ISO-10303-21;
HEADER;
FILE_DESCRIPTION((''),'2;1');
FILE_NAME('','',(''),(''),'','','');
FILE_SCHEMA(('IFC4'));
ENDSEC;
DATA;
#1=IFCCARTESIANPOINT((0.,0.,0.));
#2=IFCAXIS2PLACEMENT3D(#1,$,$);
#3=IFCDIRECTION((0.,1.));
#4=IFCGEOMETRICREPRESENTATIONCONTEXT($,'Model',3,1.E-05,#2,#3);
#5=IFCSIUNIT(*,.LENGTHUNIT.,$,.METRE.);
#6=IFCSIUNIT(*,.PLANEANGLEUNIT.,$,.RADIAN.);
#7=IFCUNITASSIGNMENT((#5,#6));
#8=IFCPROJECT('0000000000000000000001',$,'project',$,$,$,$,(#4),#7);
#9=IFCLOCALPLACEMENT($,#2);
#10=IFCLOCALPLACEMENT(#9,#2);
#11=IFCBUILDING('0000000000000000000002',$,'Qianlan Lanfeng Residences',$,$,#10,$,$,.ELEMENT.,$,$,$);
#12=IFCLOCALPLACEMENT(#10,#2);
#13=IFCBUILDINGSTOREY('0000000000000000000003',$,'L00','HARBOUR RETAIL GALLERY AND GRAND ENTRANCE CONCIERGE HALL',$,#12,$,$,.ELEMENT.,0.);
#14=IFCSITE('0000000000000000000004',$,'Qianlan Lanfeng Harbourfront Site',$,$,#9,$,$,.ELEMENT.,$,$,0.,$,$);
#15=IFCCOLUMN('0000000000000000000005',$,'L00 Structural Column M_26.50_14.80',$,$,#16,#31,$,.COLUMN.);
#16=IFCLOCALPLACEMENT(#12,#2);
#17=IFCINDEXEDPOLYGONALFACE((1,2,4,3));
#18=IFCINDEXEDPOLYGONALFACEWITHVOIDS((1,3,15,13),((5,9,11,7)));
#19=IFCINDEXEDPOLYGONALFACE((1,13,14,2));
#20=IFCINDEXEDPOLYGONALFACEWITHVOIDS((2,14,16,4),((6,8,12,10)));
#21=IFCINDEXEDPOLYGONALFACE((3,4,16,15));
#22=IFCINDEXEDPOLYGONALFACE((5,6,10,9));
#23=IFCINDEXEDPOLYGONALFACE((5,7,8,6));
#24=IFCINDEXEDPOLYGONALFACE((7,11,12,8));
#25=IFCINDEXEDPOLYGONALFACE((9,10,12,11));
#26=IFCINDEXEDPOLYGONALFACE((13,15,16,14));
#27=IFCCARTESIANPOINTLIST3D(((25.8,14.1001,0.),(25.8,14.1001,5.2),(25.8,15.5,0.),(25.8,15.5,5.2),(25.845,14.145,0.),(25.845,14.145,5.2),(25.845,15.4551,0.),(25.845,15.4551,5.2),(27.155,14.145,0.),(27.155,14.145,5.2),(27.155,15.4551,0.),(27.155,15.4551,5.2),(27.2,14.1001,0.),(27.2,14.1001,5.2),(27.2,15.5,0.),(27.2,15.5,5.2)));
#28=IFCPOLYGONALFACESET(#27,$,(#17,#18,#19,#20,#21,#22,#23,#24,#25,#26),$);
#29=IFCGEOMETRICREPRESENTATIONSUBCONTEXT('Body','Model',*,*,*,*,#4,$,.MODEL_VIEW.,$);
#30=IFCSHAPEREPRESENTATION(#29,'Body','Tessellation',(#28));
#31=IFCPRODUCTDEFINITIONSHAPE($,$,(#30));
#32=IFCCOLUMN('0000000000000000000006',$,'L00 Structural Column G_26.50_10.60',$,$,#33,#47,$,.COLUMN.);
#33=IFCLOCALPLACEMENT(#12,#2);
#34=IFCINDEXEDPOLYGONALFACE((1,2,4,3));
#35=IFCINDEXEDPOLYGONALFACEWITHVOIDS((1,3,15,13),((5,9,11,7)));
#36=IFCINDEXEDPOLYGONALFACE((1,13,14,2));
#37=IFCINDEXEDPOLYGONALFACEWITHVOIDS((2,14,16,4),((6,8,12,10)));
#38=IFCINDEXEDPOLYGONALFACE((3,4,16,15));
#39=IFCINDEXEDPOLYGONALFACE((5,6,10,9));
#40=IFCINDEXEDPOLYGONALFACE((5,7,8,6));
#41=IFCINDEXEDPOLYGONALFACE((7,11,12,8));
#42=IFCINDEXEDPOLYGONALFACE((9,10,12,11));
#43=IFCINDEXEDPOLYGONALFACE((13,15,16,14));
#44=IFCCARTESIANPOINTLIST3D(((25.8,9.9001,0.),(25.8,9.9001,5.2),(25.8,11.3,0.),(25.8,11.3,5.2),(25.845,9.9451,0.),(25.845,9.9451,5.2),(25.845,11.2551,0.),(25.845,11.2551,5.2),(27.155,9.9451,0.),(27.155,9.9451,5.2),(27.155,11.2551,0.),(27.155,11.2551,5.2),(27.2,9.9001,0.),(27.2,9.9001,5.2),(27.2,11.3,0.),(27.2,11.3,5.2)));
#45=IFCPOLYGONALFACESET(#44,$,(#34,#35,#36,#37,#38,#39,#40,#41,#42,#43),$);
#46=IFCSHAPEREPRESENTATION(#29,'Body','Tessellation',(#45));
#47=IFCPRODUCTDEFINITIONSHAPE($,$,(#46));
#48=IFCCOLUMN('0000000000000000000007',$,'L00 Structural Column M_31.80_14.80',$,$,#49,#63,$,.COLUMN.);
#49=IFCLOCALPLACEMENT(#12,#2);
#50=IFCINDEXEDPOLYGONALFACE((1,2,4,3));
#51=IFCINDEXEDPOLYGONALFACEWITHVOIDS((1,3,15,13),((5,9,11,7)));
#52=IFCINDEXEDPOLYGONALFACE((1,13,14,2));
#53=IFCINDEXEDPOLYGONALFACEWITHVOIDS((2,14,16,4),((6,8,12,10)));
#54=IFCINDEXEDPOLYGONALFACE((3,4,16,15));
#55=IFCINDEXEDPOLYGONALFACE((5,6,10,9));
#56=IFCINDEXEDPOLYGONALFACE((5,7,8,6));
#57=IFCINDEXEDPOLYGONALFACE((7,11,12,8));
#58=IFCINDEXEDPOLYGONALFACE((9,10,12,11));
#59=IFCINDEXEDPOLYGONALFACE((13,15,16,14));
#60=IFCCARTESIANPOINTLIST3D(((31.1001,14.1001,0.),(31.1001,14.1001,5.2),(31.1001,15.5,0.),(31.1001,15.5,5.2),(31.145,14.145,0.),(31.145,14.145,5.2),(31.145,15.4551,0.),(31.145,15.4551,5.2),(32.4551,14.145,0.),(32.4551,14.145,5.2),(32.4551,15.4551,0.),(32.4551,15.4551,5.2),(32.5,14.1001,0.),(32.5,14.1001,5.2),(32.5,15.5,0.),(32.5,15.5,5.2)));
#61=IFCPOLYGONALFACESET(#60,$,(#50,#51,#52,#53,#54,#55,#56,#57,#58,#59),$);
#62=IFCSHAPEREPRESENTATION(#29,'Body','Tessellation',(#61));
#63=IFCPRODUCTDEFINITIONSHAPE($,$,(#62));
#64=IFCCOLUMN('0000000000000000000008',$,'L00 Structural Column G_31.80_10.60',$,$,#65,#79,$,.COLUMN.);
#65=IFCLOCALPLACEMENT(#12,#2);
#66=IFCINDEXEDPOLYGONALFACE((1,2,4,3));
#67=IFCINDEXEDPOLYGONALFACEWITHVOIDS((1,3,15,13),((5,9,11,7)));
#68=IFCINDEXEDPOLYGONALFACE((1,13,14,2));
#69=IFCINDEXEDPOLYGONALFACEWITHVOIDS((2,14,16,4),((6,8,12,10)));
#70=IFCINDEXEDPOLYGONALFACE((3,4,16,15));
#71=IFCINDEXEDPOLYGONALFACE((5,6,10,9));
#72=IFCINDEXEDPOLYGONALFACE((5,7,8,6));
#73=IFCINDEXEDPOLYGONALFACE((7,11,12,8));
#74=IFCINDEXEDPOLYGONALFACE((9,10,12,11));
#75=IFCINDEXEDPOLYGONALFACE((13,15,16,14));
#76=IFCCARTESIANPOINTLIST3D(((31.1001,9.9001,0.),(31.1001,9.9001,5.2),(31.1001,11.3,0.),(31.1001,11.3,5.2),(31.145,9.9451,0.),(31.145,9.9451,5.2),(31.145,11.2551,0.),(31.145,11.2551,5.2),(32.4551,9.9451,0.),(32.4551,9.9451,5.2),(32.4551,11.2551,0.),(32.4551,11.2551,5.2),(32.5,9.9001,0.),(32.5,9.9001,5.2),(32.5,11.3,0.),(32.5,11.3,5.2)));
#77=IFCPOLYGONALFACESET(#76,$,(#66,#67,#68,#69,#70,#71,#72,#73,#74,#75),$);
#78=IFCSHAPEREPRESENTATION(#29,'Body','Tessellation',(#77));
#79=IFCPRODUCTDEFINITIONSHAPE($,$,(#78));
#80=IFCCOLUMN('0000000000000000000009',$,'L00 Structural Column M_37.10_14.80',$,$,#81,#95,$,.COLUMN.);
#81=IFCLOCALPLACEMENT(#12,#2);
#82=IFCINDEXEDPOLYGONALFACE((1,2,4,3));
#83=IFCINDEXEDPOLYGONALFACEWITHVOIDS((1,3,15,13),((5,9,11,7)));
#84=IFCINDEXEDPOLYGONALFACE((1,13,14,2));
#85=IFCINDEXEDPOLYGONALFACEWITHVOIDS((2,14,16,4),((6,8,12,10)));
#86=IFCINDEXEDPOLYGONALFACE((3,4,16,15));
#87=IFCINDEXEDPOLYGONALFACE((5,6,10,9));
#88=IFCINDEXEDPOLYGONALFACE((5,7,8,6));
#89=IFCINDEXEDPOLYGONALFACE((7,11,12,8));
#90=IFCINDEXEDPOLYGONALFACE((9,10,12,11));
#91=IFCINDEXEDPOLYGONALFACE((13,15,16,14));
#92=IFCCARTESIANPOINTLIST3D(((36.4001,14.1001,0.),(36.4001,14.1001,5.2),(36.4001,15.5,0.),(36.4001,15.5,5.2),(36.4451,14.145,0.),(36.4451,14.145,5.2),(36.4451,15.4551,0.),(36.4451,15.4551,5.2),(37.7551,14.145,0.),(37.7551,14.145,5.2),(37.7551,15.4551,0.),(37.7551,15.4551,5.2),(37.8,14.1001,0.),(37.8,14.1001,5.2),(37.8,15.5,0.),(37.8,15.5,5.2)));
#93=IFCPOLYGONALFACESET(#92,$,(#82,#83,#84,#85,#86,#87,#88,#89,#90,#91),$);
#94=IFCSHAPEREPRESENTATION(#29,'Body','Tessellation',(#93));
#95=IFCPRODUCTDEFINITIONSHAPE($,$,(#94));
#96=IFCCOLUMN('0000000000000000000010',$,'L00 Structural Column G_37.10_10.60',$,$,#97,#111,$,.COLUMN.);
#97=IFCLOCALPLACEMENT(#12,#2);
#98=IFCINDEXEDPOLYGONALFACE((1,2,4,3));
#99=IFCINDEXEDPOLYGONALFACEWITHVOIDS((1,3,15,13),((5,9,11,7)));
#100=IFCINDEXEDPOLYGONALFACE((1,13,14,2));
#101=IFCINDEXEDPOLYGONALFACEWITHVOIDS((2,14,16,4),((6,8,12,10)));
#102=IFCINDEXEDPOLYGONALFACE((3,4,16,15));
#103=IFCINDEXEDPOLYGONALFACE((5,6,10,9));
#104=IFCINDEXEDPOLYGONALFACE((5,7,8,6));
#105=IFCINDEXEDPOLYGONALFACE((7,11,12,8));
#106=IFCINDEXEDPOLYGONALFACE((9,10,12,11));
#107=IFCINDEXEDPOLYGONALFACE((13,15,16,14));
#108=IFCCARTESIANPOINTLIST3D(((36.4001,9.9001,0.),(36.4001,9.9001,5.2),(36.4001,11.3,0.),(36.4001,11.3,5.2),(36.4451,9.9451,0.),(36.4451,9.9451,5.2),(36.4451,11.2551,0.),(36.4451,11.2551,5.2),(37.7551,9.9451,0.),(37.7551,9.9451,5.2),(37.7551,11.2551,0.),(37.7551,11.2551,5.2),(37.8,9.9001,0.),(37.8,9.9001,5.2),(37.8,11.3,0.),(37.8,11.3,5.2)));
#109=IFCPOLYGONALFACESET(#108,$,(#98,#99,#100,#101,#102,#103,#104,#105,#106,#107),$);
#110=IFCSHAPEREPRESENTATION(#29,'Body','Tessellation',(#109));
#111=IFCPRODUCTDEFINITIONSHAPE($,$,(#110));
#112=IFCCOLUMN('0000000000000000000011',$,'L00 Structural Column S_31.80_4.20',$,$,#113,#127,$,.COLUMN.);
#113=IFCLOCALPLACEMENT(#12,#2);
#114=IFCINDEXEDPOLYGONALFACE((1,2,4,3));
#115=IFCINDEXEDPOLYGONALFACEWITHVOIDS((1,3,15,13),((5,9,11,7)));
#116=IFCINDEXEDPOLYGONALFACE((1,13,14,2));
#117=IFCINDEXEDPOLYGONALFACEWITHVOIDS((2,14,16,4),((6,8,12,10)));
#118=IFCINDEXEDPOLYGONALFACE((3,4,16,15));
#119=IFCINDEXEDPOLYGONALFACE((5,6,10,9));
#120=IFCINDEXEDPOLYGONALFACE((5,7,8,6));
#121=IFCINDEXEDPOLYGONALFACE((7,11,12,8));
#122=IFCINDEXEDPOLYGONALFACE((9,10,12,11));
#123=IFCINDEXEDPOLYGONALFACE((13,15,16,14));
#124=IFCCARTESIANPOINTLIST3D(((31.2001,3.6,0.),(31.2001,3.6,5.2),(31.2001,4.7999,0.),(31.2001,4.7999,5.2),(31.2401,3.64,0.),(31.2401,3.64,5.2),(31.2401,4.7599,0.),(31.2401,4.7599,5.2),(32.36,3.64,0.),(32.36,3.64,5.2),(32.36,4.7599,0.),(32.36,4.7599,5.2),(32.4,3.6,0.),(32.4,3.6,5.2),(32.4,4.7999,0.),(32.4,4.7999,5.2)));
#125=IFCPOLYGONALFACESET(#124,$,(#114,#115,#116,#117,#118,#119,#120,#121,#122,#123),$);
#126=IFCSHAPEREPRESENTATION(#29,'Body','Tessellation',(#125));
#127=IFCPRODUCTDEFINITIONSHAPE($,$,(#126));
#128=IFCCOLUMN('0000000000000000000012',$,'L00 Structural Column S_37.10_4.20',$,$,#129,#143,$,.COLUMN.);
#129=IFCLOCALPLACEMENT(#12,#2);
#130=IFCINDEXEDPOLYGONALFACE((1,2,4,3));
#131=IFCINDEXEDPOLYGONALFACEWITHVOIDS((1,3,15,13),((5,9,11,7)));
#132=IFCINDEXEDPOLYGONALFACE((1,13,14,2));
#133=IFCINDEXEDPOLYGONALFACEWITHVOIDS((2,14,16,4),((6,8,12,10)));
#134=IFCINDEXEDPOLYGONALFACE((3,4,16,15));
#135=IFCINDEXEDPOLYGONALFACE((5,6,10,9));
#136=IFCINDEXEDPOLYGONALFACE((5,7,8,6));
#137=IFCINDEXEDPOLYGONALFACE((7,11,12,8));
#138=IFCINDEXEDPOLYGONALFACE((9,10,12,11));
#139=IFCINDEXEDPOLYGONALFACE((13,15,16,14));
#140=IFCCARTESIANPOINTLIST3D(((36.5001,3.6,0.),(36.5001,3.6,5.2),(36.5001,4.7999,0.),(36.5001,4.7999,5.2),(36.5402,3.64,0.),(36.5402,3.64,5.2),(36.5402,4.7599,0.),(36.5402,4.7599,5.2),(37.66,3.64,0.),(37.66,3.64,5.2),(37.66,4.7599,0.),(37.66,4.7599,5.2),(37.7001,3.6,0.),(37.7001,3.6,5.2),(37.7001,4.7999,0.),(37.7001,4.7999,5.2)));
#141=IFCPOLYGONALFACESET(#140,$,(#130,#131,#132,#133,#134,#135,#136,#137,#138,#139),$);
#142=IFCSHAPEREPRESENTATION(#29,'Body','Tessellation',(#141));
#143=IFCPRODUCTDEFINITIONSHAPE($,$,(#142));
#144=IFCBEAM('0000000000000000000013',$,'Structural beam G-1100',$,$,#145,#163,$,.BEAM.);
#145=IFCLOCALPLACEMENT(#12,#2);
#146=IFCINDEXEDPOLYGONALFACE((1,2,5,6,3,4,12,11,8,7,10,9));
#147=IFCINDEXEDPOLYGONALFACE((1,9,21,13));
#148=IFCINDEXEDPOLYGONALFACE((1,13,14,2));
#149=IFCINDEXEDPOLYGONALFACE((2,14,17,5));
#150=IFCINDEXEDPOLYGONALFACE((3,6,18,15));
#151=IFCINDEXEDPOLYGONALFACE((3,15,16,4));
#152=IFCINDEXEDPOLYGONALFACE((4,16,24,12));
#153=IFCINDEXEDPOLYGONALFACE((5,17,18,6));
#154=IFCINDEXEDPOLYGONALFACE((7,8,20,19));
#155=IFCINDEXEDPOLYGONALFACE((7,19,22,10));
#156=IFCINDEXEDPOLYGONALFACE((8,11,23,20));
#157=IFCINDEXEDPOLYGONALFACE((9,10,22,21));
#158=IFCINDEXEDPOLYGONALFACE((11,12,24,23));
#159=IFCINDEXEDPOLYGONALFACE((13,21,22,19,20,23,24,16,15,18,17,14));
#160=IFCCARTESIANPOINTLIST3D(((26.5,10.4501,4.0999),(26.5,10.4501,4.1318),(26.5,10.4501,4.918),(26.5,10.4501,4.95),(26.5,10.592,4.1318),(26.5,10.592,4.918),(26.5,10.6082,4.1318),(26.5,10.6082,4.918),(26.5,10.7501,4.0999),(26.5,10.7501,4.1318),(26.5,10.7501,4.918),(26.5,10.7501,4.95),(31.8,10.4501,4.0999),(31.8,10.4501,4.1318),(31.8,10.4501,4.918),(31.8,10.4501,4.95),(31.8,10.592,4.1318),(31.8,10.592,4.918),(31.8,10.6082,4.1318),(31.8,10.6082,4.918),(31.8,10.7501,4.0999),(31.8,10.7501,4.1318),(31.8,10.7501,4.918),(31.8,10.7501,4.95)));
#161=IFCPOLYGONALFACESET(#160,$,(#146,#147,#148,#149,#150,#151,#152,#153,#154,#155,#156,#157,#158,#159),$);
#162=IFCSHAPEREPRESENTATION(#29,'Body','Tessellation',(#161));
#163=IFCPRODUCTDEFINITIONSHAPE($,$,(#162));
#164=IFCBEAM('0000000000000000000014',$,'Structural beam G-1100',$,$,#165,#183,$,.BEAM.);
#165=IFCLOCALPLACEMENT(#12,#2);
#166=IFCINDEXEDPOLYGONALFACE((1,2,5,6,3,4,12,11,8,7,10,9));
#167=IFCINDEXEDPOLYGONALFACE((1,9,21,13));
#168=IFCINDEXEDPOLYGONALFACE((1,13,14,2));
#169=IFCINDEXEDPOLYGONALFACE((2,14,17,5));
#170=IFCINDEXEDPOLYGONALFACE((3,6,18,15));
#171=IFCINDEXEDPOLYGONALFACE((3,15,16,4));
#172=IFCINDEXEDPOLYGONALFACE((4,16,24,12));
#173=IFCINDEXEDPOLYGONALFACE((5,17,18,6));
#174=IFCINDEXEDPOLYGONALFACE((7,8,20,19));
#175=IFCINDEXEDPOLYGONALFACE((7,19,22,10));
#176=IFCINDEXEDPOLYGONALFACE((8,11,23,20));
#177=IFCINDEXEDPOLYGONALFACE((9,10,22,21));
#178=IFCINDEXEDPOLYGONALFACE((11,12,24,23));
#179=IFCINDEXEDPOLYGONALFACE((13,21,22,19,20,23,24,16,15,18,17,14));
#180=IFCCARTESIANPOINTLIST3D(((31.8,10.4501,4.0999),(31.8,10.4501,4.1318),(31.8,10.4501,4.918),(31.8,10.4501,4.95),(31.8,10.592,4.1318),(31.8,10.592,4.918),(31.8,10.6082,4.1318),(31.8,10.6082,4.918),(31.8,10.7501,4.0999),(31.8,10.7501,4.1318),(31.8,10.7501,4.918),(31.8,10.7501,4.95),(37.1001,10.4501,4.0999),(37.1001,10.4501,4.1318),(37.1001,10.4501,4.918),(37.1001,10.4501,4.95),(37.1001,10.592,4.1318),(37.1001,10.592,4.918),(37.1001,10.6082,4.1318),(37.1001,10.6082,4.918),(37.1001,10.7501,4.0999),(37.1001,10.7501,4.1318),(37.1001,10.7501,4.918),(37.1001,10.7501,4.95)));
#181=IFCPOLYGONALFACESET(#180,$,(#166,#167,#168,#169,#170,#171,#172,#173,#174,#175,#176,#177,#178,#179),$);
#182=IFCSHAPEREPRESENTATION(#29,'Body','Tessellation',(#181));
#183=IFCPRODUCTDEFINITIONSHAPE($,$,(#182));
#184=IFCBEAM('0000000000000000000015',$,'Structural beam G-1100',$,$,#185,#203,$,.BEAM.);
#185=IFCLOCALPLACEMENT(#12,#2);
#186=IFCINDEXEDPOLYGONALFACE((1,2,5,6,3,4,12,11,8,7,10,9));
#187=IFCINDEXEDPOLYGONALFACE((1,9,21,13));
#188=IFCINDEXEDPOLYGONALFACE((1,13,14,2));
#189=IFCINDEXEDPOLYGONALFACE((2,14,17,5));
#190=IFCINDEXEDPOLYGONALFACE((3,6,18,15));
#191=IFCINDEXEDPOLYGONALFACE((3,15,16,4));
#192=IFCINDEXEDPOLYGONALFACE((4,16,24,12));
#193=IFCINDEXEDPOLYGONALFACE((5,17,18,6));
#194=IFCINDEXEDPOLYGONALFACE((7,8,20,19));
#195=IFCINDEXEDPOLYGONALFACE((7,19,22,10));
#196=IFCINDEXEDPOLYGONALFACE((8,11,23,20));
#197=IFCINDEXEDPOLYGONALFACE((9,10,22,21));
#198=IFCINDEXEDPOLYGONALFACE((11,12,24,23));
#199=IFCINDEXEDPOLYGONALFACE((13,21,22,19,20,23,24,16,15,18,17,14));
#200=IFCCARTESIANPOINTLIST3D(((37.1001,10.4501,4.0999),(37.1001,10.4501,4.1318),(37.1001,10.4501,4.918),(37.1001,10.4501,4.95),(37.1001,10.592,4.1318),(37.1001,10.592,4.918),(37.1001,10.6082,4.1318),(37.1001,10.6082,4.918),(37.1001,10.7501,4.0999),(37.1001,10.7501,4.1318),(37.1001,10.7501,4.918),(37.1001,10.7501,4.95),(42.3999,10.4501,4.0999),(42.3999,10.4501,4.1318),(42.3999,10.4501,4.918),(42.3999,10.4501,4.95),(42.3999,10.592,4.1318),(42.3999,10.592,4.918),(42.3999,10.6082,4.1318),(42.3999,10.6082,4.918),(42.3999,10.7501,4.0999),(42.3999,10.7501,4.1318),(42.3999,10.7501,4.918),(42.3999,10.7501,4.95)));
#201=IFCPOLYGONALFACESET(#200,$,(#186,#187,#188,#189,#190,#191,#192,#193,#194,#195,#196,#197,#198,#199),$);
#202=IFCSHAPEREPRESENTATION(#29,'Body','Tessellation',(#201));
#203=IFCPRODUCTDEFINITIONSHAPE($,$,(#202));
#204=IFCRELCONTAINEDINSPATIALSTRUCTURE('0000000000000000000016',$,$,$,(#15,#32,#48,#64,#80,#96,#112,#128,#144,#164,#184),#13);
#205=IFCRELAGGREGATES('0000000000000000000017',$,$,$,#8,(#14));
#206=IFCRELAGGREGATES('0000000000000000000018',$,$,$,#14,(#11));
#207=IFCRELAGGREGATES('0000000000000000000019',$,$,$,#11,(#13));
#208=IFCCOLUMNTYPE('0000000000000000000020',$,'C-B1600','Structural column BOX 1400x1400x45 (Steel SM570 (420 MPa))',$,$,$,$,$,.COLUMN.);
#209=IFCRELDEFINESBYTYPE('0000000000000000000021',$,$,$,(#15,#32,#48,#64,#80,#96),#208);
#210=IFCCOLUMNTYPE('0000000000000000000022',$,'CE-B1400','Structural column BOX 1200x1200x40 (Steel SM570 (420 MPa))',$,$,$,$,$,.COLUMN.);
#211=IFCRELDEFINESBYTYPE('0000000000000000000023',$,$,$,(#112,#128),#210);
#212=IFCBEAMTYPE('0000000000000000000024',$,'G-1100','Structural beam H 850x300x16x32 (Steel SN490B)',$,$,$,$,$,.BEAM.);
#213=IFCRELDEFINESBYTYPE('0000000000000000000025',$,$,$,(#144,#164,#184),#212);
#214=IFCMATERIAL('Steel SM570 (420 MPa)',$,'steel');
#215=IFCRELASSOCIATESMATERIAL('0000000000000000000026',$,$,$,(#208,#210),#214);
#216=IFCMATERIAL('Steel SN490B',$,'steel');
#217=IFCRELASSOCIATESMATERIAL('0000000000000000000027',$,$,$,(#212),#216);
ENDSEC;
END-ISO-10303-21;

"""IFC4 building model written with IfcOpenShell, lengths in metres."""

from ifc_helpers import new_model, si_unit, direction, frame, origin, origin_2d, place, context, subcontext, project, spatial, hollow_rectangle, i_section, extrude, material, material_profile, profile_set, type_object, element, save


model = new_model("IFC4")

# Units and contexts
model_context = context("Model", 3, precision=1e-05, world=origin(), true_north=direction((0.0, 1.0)))
body_context = subcontext(model_context, "Body", "Model", "MODEL_VIEW")
ifc_project = project(units=[si_unit("LENGTHUNIT", "METRE"), si_unit("PLANEANGLEUNIT", "RADIAN")], contexts=[model_context])

# Site, building, storey
site_placement = place(None, origin())
site = spatial("IfcSite", under=ifc_project, at=site_placement, Name="Qianlan Lanfeng Harbourfront Site", CompositionType="ELEMENT", RefElevation=0.0)
building_placement = place(site_placement, origin())
building = spatial("IfcBuilding", under=site, at=building_placement, Name="Qianlan Lanfeng Residences", CompositionType="ELEMENT")
storey_placement = place(building_placement, origin())
storey = spatial("IfcBuildingStorey", under=building, at=storey_placement, Name="L00", Description="HARBOUR RETAIL GALLERY AND GRAND ENTRANCE CONCIERGE HALL", CompositionType="ELEMENT", Elevation=0.0)

# Columns
ifc_material_1 = material(Name="Steel SM570 (420 MPa)", Category="steel")
ifc_material_profile_1 = material_profile(ifc_material_1, hollow_rectangle(XDim=1.3999, YDim=1.3999, WallThickness=0.0449, at=origin_2d()), Name="BOX 1400x1400x45")
ifc_profile_set_1 = profile_set([ifc_material_profile_1], Name="Steel SM570 (420 MPa)")
column_type_1 = type_object("IfcColumnType", Name="C-B1600", Description="Structural column BOX 1400x1400x45 (Steel SM570 (420 MPa))", PredefinedType="COLUMN", material=ifc_profile_set_1)
for number, where, z_axis, x_axis, name in (
    (1, (26.5, 14.8, 0.0), (0.0, 0.0, 1.0), (1.0, 0.0, 0.0), "L00 Structural Column M_26.50_14.80"),
    (2, (26.5, 10.6001, 0.0), (0.0, 0.0, 1.0), (1.0, 0.0, 0.0), "L00 Structural Column G_26.50_10.60"),
    (3, (31.8, 14.8, 0.0), (0.0, 0.0, 1.0), (1.0, 0.0, 0.0), "L00 Structural Column M_31.80_14.80"),
    (4, (31.8, 10.6001, 0.0), (0.0, 0.0, 1.0), (1.0, 0.0, 0.0), "L00 Structural Column G_31.80_10.60"),
    (5, (37.1001, 14.8, 0.0), (0.0, 0.0, 1.0), (1.0, 0.0, 0.0), "L00 Structural Column M_37.10_14.80"),
    (6, (37.1001, 10.6001, 0.0), (0.0, 0.0, 1.0), (1.0, 0.0, 0.0), "L00 Structural Column G_37.10_10.60"),
):
    element("IfcColumn", number, at=place(storey_placement, frame(where, z_axis=z_axis, x_axis=x_axis)), inside=storey, type_object=column_type_1, Name=name, PredefinedType="COLUMN", context=body_context, shape_type="SweptSolid", body=[
        extrude(hollow_rectangle(XDim=1.3999, YDim=1.3999, WallThickness=0.0449, at=origin_2d()), origin(), (0.0, 0.0, 1.0), 5.2),
    ])
ifc_material_profile_2 = material_profile(ifc_material_1, hollow_rectangle(XDim=1.2, YDim=1.2, WallThickness=0.04, at=origin_2d()), Name="BOX 1200x1200x40")
ifc_profile_set_2 = profile_set([ifc_material_profile_2], Name="Steel SM570 (420 MPa)")
column_type_2 = type_object("IfcColumnType", Name="CE-B1400", Description="Structural column BOX 1200x1200x40 (Steel SM570 (420 MPa))", PredefinedType="COLUMN", material=ifc_profile_set_2)
for number, where, z_axis, x_axis, name in (
    (7, (31.8, 4.2, 0.0), (0.0, 0.0, 1.0), (1.0, 0.0, 0.0), "L00 Structural Column S_31.80_4.20"),
    (8, (37.1001, 4.2, 0.0), (0.0, 0.0, 1.0), (1.0, 0.0, 0.0), "L00 Structural Column S_37.10_4.20"),
):
    element("IfcColumn", number, at=place(storey_placement, frame(where, z_axis=z_axis, x_axis=x_axis)), inside=storey, type_object=column_type_2, Name=name, PredefinedType="COLUMN", context=body_context, shape_type="SweptSolid", body=[
        extrude(hollow_rectangle(XDim=1.2, YDim=1.2, WallThickness=0.04, at=origin_2d()), origin(), (0.0, 0.0, 1.0), 5.2),
    ])

# Beams
ifc_material_2 = material(Name="Steel SN490B", Category="steel")
ifc_material_profile_3 = material_profile(ifc_material_2, i_section(OverallWidth=0.3, OverallDepth=0.8501, WebThickness=0.0161, FlangeThickness=0.032, at=origin_2d()), Name="H 850x300x16x32")
ifc_profile_set_3 = profile_set([ifc_material_profile_3], Name="Steel SN490B")
beam_type_1 = type_object("IfcBeamType", Name="G-1100", Description="Structural beam H 850x300x16x32 (Steel SN490B)", PredefinedType="BEAM", material=ifc_profile_set_3)
for number, where, z_axis, x_axis, name in (
    (9, (26.5, 10.6001, 4.5249), (1.0, 0.0, 0.0), (0.0, 1.0, 0.0), "Structural beam G-1100"),
    (10, (31.8, 10.6001, 4.5249), (1.0, 0.0, 0.0), (0.0, 1.0, 0.0), "Structural beam G-1100"),
):
    element("IfcBeam", number, at=place(storey_placement, frame(where, z_axis=z_axis, x_axis=x_axis)), inside=storey, type_object=beam_type_1, Name=name, PredefinedType="BEAM", context=body_context, shape_type="SweptSolid", body=[
        extrude(i_section(OverallWidth=0.3, OverallDepth=0.8501, WebThickness=0.0161, FlangeThickness=0.032, at=origin_2d()), origin(), (0.0, 0.0, 1.0), 5.3),
    ])
beam_1_placement = place(storey_placement, frame((37.1001, 10.6001, 4.5249), z_axis=(1.0, 0.0, 0.0), x_axis=(0.0, 1.0, 0.0)))
element("IfcBeam", 11, at=beam_1_placement, inside=storey, type_object=beam_type_1, Name="Structural beam G-1100", PredefinedType="BEAM", context=body_context, shape_type="SweptSolid", body=[
    extrude(i_section(OverallWidth=0.3, OverallDepth=0.8501, WebThickness=0.0161, FlangeThickness=0.032, at=origin_2d()), origin(), (0.0, 0.0, 1.0), 5.2998),
])

save(model, "model.ifc")
